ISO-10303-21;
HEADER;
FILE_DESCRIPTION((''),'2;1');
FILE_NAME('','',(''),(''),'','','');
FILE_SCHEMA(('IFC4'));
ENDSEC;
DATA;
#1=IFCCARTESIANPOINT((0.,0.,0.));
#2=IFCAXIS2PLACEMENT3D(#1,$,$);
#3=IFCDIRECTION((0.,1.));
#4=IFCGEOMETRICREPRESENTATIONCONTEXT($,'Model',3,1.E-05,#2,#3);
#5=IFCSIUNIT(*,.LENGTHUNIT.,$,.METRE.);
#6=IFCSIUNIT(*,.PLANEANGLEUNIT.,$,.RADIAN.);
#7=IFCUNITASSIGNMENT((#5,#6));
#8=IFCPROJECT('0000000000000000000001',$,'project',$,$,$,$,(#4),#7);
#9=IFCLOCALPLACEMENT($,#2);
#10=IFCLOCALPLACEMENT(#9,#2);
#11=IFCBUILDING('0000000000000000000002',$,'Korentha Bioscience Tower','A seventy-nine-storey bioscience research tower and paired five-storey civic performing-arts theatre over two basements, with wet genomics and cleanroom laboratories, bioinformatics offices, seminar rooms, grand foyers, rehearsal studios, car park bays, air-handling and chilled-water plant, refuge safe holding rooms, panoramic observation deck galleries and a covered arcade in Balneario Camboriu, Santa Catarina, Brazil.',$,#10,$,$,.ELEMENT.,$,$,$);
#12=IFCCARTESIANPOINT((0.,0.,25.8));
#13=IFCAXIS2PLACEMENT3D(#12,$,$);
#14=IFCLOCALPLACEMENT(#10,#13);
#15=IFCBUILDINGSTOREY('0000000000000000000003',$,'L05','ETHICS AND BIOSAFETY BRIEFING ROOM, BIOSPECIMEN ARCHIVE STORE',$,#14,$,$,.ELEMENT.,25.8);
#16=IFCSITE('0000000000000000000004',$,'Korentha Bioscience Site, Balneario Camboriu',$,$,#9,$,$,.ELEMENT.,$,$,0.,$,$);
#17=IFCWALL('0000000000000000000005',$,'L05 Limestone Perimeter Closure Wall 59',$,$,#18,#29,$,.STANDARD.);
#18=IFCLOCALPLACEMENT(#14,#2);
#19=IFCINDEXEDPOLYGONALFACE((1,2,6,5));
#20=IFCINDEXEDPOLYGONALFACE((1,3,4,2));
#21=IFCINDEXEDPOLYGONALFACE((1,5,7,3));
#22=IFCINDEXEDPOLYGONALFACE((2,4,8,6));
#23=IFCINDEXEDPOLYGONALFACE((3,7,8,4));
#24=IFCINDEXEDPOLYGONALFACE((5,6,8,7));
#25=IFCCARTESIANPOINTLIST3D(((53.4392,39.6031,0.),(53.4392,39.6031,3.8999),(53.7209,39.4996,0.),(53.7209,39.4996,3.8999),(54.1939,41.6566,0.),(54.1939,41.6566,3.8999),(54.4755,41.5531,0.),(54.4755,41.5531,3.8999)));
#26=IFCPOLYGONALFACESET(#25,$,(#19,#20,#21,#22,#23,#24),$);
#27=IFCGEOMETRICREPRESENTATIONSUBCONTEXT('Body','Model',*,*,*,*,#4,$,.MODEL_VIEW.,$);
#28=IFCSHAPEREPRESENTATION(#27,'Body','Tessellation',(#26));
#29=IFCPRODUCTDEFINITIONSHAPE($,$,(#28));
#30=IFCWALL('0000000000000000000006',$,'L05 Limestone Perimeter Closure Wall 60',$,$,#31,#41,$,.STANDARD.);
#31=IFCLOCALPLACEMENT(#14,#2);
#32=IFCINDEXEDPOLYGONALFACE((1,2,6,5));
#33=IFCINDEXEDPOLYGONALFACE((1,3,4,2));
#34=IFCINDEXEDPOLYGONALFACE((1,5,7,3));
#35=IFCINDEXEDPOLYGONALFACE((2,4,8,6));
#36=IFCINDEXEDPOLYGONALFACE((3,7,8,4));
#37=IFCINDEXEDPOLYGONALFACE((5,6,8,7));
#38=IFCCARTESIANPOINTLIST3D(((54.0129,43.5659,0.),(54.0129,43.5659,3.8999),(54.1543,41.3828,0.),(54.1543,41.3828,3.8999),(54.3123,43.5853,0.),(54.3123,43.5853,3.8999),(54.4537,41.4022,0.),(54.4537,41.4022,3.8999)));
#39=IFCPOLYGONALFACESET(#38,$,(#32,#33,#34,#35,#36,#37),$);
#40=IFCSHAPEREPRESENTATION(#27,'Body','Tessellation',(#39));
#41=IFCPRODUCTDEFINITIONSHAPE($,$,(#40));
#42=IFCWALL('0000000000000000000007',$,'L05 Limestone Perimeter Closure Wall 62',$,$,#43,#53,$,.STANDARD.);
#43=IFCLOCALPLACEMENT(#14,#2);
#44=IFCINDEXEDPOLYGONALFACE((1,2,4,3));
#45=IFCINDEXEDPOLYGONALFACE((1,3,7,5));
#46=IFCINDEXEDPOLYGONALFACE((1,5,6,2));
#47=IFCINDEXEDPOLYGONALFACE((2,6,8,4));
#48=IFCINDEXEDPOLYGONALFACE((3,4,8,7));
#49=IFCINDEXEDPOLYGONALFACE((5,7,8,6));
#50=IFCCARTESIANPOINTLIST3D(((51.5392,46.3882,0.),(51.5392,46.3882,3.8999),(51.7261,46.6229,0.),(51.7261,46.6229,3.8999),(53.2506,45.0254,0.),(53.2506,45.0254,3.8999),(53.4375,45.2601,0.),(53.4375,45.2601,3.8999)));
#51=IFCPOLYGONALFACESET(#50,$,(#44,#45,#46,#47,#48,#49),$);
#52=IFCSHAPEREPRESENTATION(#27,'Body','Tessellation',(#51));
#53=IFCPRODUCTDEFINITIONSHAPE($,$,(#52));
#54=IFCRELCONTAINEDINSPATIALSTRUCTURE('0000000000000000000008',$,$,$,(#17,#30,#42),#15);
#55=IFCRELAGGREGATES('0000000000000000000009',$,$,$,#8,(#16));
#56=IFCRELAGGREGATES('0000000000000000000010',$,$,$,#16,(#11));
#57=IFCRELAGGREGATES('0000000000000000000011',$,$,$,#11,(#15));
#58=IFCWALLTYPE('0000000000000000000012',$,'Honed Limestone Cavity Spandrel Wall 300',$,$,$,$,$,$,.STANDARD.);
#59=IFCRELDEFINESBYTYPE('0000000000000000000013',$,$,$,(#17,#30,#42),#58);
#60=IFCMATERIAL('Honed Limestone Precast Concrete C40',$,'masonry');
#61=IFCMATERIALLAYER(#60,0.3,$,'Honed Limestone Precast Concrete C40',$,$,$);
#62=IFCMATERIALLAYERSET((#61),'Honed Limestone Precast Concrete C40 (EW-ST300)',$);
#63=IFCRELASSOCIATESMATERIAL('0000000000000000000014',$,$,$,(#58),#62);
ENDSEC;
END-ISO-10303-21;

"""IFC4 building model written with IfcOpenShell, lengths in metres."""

from ifc_helpers import new_model, si_unit, direction, frame, frame_2d, origin, place, context, subcontext, project, spatial, rectangle, extrude, material, layer, layer_set, type_object, element, save


model = new_model("IFC4")

# Units and contexts
model_context = context("Model", 3, precision=1e-05, world=origin(), true_north=direction((0.0, 1.0)))
body_context = subcontext(model_context, "Body", "Model", "MODEL_VIEW")
ifc_project = project(units=[si_unit("LENGTHUNIT", "METRE"), si_unit("PLANEANGLEUNIT", "RADIAN")], contexts=[model_context])

# Site, building, storey
site_placement = place(None, origin())
site = spatial("IfcSite", under=ifc_project, at=site_placement, Name="Korentha Bioscience Site, Balneario Camboriu", CompositionType="ELEMENT", RefElevation=0.0)
building_placement = place(site_placement, origin())
building = spatial("IfcBuilding", under=site, at=building_placement, Name="Korentha Bioscience Tower", Description="A seventy-nine-storey bioscience research tower and paired five-storey civic performing-arts theatre over two basements, with wet genomics and cleanroom laboratories, bioinformatics offices, seminar rooms, grand foyers, rehearsal studios, car park bays, air-handling and chilled-water plant, refuge safe holding rooms, panoramic observation deck galleries and a covered arcade in Balneario Camboriu, Santa Catarina, Brazil.", CompositionType="ELEMENT")
storey_placement = place(building_placement, frame((0.0, 0.0, 25.8)))
storey = spatial("IfcBuildingStorey", under=building, at=storey_placement, Name="L05", Description="ETHICS AND BIOSAFETY BRIEFING ROOM, BIOSPECIMEN ARCHIVE STORE", CompositionType="ELEMENT", Elevation=25.8)

# Walls
ifc_material_1 = material(Name="Honed Limestone Precast Concrete C40", Category="masonry")
ifc_layer_1 = layer(ifc_material_1, 0.3, Name="Honed Limestone Precast Concrete C40")
ifc_layer_set_1 = layer_set([ifc_layer_1], Name="Honed Limestone Precast Concrete C40 (EW-ST300)")
wall_type = type_object("IfcWallType", Name="Honed Limestone Cavity Spandrel Wall 300", PredefinedType="STANDARD", material=ifc_layer_set_1)
for number, where, z_axis, x_axis, name in (
    (1, (53.5801, 39.5515, 0.0), (0.0, 0.0, 1.0), (0.34494, 0.938625, 0.0), "L05 Limestone Perimeter Closure Wall 59"),
    (2, (54.304, 41.3926, 0.0), (0.0, 0.0, 1.0), (-0.064615, 0.99791, 0.0), "L05 Limestone Perimeter Closure Wall 60"),
    (3, (53.344, 45.1428, 0.0), (0.0, 0.0, 1.0), (-0.782282, 0.622924, 0.0), "L05 Limestone Perimeter Closure Wall 62"),
):
    element("IfcWall", number, at=place(storey_placement, frame(where, z_axis=z_axis, x_axis=x_axis)), inside=storey, type_object=wall_type, Name=name, PredefinedType="STANDARD", context=body_context, shape_type="SweptSolid", body=[
        extrude(rectangle(XDim=2.1877, YDim=0.3, at=frame_2d((1.0938, 0.0))), origin(), (0.0, 0.0, 1.0), 3.8999),
    ])

save(model, "model.ifc")
